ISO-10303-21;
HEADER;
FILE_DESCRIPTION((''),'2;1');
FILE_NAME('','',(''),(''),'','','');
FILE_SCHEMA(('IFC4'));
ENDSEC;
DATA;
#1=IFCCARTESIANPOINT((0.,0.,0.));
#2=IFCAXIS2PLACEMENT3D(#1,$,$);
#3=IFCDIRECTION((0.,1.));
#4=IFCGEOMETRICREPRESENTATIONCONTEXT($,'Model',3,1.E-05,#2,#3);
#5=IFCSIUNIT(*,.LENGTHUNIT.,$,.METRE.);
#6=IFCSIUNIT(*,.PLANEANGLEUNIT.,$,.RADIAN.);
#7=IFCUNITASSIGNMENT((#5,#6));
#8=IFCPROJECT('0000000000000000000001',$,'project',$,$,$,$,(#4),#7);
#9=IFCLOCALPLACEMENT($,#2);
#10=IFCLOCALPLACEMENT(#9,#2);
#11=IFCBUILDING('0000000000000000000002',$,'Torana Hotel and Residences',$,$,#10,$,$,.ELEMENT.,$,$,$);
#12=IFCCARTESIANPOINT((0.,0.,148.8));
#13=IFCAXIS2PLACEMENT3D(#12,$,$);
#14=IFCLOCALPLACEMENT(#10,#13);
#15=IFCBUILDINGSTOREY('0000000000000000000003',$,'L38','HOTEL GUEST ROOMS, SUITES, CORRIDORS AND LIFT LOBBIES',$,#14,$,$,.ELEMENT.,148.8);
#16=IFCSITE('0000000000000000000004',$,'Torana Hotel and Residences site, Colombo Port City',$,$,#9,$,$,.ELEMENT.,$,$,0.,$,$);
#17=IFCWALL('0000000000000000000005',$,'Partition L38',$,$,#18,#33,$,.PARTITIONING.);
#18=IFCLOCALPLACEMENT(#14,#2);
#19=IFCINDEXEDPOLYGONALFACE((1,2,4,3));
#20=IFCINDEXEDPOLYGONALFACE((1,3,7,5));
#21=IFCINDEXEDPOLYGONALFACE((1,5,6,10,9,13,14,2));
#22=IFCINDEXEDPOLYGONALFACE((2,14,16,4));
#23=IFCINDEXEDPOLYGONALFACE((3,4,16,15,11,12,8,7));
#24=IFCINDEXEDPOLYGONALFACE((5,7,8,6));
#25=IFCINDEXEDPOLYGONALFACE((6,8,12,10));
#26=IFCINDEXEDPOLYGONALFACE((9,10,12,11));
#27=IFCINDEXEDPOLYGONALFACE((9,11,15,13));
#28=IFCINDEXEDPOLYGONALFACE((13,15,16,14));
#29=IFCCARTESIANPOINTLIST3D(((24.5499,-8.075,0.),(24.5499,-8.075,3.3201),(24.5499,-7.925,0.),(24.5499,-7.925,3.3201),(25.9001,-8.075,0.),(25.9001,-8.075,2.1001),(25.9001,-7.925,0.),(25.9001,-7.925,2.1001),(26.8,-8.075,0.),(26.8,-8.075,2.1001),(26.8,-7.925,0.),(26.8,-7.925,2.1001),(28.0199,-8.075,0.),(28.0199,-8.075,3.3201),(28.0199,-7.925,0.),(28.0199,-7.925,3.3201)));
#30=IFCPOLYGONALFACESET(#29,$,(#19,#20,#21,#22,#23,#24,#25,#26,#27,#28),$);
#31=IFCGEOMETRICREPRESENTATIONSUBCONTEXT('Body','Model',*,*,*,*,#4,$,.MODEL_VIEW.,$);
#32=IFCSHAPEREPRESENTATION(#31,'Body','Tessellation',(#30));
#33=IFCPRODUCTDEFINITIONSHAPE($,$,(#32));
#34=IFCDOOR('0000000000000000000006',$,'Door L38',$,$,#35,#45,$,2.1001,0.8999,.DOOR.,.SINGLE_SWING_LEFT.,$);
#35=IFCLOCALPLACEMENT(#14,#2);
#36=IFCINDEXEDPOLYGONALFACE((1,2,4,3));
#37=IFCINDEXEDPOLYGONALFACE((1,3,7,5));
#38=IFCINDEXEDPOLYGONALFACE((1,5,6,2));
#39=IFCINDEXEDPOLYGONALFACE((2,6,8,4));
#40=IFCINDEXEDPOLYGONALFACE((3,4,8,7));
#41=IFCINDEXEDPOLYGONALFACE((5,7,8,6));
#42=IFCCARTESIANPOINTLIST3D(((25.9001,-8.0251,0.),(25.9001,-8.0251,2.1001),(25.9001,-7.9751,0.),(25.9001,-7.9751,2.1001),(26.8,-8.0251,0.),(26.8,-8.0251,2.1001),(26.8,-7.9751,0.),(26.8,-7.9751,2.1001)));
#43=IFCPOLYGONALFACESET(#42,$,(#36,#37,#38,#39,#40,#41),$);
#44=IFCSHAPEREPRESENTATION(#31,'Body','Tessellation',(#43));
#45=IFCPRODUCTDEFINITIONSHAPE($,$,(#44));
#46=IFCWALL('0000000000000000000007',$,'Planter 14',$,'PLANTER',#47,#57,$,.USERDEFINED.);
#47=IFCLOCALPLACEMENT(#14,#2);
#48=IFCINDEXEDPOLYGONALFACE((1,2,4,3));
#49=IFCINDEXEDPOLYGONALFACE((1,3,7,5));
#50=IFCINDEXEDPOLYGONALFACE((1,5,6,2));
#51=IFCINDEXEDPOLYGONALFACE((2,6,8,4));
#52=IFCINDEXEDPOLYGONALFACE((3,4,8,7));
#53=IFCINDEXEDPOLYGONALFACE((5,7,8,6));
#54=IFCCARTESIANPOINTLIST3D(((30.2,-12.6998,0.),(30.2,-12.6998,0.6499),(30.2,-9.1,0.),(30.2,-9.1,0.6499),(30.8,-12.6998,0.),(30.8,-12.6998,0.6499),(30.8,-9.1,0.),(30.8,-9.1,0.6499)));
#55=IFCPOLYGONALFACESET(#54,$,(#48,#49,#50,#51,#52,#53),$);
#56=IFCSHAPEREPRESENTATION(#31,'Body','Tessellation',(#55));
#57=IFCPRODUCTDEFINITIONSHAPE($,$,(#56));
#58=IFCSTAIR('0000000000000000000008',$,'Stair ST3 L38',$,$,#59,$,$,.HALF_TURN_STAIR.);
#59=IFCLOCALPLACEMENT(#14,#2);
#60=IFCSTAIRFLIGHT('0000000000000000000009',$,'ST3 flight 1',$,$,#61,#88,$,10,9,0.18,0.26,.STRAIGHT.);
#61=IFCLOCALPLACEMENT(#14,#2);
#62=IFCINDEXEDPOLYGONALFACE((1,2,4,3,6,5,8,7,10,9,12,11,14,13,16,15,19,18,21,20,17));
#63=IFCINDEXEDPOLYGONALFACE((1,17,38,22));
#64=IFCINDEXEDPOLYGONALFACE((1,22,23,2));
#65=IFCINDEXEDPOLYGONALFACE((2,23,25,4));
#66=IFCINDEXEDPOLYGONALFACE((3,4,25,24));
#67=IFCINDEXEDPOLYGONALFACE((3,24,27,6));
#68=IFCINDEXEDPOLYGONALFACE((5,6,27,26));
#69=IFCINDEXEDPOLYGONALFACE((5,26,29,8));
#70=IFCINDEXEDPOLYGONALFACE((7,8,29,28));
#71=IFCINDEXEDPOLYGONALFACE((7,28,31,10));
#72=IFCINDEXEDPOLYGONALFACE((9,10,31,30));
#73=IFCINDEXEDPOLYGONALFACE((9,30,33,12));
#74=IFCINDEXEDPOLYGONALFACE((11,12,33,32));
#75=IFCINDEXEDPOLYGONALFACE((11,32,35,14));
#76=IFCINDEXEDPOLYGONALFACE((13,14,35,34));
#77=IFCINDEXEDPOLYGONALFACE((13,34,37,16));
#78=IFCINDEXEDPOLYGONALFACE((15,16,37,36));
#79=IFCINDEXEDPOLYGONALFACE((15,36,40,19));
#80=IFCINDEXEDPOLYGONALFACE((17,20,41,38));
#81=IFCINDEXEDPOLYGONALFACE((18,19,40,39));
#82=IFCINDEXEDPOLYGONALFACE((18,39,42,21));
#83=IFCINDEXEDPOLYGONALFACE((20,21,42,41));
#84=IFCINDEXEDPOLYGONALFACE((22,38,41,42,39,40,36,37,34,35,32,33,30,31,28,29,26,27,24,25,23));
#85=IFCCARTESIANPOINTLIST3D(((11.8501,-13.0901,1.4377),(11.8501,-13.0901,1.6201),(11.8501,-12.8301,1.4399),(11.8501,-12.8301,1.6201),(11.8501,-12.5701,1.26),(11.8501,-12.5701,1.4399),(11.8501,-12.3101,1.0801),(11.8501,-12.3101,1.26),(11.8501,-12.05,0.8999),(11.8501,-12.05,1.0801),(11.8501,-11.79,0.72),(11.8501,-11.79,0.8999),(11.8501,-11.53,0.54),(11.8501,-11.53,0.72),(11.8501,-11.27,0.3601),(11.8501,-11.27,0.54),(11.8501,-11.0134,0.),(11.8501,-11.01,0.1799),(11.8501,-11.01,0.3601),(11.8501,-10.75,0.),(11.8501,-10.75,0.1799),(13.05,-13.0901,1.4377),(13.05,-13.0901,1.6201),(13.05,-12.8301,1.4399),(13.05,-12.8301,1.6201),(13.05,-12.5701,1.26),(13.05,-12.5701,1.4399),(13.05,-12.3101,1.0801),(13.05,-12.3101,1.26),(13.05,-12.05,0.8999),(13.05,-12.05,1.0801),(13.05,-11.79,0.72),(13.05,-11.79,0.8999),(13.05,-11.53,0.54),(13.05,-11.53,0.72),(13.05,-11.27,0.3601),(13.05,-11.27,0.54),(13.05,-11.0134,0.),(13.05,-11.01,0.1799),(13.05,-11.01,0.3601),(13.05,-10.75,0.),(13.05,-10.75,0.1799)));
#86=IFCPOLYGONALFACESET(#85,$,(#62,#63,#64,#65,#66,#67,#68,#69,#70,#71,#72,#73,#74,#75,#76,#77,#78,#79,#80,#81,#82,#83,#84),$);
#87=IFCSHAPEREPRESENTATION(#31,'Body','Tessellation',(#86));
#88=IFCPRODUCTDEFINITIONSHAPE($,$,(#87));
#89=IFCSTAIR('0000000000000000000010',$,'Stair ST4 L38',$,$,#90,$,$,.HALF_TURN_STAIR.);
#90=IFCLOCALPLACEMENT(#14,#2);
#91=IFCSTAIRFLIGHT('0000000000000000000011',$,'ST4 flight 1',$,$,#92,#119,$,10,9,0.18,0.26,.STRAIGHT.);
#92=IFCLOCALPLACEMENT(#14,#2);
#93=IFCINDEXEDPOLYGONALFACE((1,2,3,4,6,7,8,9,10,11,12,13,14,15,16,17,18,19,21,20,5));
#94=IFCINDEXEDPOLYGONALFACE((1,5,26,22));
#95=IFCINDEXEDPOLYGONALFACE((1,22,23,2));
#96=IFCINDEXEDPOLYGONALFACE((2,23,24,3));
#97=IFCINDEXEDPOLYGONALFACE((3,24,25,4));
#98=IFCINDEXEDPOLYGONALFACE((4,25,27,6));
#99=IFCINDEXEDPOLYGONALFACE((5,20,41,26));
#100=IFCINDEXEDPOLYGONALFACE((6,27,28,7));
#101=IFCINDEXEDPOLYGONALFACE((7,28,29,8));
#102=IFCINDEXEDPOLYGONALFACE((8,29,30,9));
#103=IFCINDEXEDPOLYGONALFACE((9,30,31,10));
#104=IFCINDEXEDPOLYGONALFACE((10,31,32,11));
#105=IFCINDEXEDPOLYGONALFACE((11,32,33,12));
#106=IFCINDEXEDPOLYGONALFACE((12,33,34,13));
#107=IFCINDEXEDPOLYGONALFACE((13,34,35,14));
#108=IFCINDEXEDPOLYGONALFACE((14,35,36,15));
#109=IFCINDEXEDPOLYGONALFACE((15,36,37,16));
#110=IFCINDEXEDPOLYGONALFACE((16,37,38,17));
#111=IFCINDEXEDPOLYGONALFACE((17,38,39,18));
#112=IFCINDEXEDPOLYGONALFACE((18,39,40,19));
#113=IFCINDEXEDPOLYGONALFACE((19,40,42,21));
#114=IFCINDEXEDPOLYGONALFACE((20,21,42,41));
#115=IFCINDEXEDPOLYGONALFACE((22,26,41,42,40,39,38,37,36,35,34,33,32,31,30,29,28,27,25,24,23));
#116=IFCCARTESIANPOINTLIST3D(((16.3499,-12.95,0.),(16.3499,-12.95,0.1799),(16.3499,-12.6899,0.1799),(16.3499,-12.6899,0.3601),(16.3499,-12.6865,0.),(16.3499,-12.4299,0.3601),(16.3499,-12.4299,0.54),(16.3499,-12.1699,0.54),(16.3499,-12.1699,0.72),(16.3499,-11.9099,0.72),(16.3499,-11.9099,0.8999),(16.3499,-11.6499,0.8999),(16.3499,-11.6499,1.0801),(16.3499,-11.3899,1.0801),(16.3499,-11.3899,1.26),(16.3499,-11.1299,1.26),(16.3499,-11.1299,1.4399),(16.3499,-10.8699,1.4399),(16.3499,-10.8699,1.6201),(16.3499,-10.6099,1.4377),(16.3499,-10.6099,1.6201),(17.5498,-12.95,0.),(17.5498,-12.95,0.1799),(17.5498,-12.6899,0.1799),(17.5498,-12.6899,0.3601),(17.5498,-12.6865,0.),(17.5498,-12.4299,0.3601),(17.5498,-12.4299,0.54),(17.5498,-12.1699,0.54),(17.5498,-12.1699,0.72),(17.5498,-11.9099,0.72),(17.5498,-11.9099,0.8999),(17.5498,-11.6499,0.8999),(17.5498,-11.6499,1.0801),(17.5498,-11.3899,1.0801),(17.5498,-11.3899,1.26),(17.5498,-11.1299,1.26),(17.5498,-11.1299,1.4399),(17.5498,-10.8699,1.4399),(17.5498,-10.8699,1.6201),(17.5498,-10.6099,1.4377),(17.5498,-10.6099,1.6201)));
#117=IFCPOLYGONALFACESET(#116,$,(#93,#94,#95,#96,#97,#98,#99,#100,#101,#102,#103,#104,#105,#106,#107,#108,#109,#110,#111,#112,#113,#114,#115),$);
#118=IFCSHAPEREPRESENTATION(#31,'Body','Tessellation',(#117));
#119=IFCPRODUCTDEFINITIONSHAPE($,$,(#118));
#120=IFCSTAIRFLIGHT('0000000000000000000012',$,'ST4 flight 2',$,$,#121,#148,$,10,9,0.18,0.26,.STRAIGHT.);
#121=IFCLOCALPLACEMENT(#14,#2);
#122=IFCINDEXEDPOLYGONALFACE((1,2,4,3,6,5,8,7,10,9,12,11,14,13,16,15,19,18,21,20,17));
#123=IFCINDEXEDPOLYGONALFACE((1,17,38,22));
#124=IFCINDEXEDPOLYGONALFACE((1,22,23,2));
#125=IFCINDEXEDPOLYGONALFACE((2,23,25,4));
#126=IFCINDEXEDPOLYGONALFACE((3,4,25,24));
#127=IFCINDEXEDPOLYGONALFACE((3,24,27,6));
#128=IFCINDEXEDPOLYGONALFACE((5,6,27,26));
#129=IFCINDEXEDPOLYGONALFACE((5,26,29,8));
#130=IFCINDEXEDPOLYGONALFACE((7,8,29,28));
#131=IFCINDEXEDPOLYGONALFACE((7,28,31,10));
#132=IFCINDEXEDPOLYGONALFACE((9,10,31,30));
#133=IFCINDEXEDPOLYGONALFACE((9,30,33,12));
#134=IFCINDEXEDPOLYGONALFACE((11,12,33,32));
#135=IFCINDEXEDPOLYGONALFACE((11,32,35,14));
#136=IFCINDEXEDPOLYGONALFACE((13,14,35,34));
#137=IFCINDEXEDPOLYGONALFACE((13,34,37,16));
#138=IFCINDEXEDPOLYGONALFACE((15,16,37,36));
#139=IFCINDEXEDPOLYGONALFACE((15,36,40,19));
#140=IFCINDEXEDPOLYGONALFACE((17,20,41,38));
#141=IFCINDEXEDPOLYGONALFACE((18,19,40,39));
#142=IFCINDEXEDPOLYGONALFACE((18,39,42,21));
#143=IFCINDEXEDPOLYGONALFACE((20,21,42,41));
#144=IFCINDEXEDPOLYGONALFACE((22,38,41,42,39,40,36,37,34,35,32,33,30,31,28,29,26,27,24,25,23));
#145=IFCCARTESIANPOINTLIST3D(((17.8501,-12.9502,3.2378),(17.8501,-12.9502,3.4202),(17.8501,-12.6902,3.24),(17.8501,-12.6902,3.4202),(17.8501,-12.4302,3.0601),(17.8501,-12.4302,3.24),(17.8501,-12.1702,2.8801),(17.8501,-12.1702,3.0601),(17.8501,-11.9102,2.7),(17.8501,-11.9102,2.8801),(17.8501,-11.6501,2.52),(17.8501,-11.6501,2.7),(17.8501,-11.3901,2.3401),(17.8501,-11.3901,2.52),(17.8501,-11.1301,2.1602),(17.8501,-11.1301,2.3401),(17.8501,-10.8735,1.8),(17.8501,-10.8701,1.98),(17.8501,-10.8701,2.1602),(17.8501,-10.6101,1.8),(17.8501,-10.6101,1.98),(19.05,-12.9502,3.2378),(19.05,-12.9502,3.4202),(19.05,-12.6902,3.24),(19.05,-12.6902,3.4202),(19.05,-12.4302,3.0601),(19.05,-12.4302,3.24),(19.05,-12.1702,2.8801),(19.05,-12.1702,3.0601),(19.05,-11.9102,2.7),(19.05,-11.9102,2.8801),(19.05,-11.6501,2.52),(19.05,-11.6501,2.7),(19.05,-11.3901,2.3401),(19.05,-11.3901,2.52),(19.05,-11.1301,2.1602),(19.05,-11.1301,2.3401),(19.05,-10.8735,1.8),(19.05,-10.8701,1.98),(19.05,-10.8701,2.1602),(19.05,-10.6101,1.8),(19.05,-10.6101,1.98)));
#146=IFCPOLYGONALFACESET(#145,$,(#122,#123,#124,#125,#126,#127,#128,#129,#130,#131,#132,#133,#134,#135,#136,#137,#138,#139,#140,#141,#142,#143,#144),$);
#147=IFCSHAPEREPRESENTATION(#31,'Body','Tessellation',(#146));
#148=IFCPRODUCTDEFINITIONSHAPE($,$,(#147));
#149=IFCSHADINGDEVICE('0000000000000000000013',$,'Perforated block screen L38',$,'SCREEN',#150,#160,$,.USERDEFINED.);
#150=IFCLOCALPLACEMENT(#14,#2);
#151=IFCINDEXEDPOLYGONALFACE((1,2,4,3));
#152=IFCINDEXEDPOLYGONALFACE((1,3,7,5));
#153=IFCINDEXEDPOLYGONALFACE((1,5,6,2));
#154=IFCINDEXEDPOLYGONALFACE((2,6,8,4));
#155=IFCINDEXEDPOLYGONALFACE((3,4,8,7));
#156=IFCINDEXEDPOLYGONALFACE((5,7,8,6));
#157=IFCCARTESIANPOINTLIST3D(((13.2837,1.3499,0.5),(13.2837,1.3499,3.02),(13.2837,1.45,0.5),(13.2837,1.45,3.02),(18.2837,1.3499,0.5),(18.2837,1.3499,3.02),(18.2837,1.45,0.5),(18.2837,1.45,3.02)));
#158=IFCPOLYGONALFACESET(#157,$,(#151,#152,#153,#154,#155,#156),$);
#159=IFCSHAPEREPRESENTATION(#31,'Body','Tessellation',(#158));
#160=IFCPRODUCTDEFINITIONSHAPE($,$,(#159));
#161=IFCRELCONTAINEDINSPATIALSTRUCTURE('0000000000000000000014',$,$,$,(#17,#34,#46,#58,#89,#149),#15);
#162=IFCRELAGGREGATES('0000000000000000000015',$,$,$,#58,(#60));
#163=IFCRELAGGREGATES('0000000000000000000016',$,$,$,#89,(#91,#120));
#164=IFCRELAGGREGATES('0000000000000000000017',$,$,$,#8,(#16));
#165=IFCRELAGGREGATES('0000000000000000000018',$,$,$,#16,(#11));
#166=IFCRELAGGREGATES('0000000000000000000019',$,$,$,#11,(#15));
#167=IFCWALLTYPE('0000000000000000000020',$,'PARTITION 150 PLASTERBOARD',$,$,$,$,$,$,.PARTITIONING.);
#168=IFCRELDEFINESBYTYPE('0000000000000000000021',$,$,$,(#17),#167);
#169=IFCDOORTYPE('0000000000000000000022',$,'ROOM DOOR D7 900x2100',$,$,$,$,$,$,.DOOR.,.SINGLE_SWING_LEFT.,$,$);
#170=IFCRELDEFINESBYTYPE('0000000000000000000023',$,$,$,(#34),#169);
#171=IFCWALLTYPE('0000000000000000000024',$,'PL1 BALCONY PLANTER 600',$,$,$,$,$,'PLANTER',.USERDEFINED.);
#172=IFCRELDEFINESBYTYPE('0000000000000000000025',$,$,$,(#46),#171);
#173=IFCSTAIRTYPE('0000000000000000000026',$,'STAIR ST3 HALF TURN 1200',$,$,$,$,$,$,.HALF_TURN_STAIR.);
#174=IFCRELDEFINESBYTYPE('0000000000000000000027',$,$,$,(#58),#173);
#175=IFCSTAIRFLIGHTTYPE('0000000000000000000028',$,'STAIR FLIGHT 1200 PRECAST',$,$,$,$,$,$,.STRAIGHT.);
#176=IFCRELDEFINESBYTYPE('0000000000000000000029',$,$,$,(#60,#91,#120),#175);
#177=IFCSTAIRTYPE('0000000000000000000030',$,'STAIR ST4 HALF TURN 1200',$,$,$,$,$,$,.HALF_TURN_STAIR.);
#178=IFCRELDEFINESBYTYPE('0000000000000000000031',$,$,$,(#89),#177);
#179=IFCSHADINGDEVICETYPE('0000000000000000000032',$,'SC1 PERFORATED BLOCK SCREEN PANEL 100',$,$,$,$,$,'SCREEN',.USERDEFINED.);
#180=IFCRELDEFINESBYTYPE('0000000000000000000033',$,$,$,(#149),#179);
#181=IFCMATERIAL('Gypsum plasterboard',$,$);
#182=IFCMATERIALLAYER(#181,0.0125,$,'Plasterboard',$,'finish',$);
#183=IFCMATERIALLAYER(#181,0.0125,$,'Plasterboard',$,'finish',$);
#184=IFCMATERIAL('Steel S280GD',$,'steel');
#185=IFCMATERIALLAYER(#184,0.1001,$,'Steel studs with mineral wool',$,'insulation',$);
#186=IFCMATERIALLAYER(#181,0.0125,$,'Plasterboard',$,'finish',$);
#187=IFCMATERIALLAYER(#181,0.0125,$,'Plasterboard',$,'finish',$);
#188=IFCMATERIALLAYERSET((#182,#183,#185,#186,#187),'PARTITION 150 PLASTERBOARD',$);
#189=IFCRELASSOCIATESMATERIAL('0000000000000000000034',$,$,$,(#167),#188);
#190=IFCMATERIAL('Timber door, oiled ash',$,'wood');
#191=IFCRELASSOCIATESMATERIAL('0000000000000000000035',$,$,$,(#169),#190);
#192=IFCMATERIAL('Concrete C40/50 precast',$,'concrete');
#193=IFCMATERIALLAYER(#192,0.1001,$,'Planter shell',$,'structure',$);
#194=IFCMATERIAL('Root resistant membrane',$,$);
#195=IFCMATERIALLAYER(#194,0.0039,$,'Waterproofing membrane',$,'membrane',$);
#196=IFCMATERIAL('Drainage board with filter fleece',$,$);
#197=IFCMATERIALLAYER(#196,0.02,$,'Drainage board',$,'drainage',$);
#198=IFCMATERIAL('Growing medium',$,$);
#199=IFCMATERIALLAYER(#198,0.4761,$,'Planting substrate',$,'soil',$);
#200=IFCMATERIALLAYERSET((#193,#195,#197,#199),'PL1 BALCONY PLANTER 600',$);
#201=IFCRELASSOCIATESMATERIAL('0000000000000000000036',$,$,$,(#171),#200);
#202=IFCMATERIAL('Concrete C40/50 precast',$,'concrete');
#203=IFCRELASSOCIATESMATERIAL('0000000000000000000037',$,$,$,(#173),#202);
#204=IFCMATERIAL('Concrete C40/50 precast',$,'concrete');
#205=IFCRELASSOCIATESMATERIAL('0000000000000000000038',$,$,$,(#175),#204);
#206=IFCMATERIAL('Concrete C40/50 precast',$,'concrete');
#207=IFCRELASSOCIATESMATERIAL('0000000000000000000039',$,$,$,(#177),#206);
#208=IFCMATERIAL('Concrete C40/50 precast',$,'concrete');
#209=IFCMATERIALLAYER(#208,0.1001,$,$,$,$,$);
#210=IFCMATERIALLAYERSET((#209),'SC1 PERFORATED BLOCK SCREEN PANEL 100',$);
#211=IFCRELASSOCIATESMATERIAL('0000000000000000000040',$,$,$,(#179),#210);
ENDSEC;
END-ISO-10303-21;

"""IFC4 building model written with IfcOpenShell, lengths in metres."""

from ifc_helpers import new_model, si_unit, direction, frame, frame_2d, origin, origin_2d, place, context, subcontext, project, spatial, polyline, rectangle, outline, extrude, material, layer, layer_set, type_object, element, fill, aggregate, save


model = new_model("IFC4")

# Units and contexts
model_context = context("Model", 3, precision=1e-05, world=origin(), true_north=direction((0.0, 1.0)))
body_context = subcontext(model_context, "Body", "Model", "MODEL_VIEW")
ifc_project = project(units=[si_unit("LENGTHUNIT", "METRE"), si_unit("PLANEANGLEUNIT", "RADIAN")], contexts=[model_context])

# Site, building, storey
site_placement = place(None, origin())
site = spatial("IfcSite", under=ifc_project, at=site_placement, Name="Torana Hotel and Residences site, Colombo Port City", CompositionType="ELEMENT", RefElevation=0.0)
building_placement = place(site_placement, origin())
building = spatial("IfcBuilding", under=site, at=building_placement, Name="Torana Hotel and Residences", CompositionType="ELEMENT")
storey_placement = place(building_placement, frame((0.0, 0.0, 148.8)))
storey = spatial("IfcBuildingStorey", under=building, at=storey_placement, Name="L38", Description="HOTEL GUEST ROOMS, SUITES, CORRIDORS AND LIFT LOBBIES", CompositionType="ELEMENT", Elevation=148.8)

# Shared definitions
ifc_material_1 = material(Name="Steel S280GD", Category="steel")
ifc_material_2 = material(Name="Concrete C40/50 precast", Category="concrete")
ifc_material_3 = material(Name="Gypsum plasterboard")
ifc_layer_1 = layer(ifc_material_3, 0.0125, Name="Plasterboard", Category="finish")
ifc_layer_2 = layer(ifc_material_3, 0.0125, Name="Plasterboard", Category="finish")
ifc_layer_3 = layer(ifc_material_1, 0.1001, Name="Steel studs with mineral wool", Category="insulation")
ifc_layer_4 = layer(ifc_material_3, 0.0125, Name="Plasterboard", Category="finish")
ifc_layer_5 = layer(ifc_material_3, 0.0125, Name="Plasterboard", Category="finish")
ifc_layer_set_1 = layer_set([ifc_layer_1, ifc_layer_2, ifc_layer_3, ifc_layer_4, ifc_layer_5], Name="PARTITION 150 PLASTERBOARD")
wall_type_1 = type_object("IfcWallType", Name="PARTITION 150 PLASTERBOARD", PredefinedType="PARTITIONING", material=ifc_layer_set_1)

# Wall, opening, door
wall_1_placement = place(storey_placement, frame((24.55, -8.0, 0.0), z_axis=(0.0, 0.0, 1.0), x_axis=(1.0, 0.0, 0.0)))
wall_1 = element("IfcWall", 1, at=wall_1_placement, inside=storey, type_object=wall_type_1, Name="Partition L38", PredefinedType="PARTITIONING", context=body_context, shape_type="SweptSolid", body=[
    extrude(rectangle(XDim=3.47, YDim=0.1499, at=frame_2d((1.7349, 0.0))), origin(), (0.0, 0.0, 1.0), 3.3201),
])
opening_placement = place(wall_1_placement, frame((1.3501, 0.0, 0.0)))
opening = element("IfcOpeningElement", 2, at=opening_placement, cuts=wall_1, PredefinedType="OPENING", context=body_context, shape_type="SweptSolid", body=[
    extrude(rectangle(XDim=0.8999, YDim=2.1001, at=frame_2d((0.45, 1.05))), frame((0.0, 0.085, 0.0), z_axis=(0.0, -1.0, 0.0), x_axis=(1.0, 0.0, 0.0)), (0.0, 0.0, 1.0), 0.1699),
])
ifc_material_4 = material(Name="Timber door, oiled ash", Category="wood")
door_type = type_object("IfcDoorType", Name="ROOM DOOR D7 900x2100", OperationType="SINGLE_SWING_LEFT", PredefinedType="DOOR", material=ifc_material_4)
door_placement = place(opening_placement, origin())
door = element("IfcDoor", 3, at=door_placement, inside=storey, type_object=door_type, Name="Door L38", OperationType="SINGLE_SWING_LEFT", OverallHeight=2.1001, OverallWidth=0.8999, PredefinedType="DOOR", context=body_context, shape_type="SweptSolid", body=[
    extrude(rectangle(XDim=0.8999, YDim=2.1001, at=frame_2d((0.45, 1.05))), frame((0.0, 0.0249, 0.0), z_axis=(0.0, -1.0, 0.0), x_axis=(1.0, 0.0, 0.0)), (0.0, 0.0, 1.0), 0.05),
])
fill(opening, door)

# Wall
ifc_layer_6 = layer(ifc_material_2, 0.1001, Name="Planter shell", Category="structure")
ifc_material_5 = material(Name="Root resistant membrane")
ifc_layer_7 = layer(ifc_material_5, 0.0039, Name="Waterproofing membrane", Category="membrane")
ifc_material_6 = material(Name="Drainage board with filter fleece")
ifc_layer_8 = layer(ifc_material_6, 0.02, Name="Drainage board", Category="drainage")
ifc_material_7 = material(Name="Growing medium")
ifc_layer_9 = layer(ifc_material_7, 0.4761, Name="Planting substrate", Category="soil")
ifc_layer_set_2 = layer_set([ifc_layer_6, ifc_layer_7, ifc_layer_8, ifc_layer_9], Name="PL1 BALCONY PLANTER 600")
wall_type_2 = type_object("IfcWallType", Name="PL1 BALCONY PLANTER 600", ElementType="PLANTER", PredefinedType="USERDEFINED", material=ifc_layer_set_2)
wall_2_placement = place(storey_placement, frame((30.5, -9.1001, 0.0), z_axis=(0.0, 0.0, 1.0), x_axis=(0.0, -1.0, 0.0)))
element("IfcWall", 4, at=wall_2_placement, inside=storey, type_object=wall_type_2, Name="Planter 14", ObjectType="PLANTER", PredefinedType="USERDEFINED", context=body_context, shape_type="SweptSolid", body=[
    extrude(rectangle(XDim=3.5999, YDim=0.6001, at=frame_2d((1.7998, 0.0))), origin(), (0.0, 0.0, 1.0), 0.6499),
])

# Stair, stair flight
ifc_material_8 = material(Name="Concrete C40/50 precast", Category="concrete")
stair_type_1 = type_object("IfcStairType", Name="STAIR ST3 HALF TURN 1200", PredefinedType="HALF_TURN_STAIR", material=ifc_material_8)
stair_1_placement = place(storey_placement, origin())
stair_1 = element("IfcStair", 5, at=stair_1_placement, inside=storey, type_object=stair_type_1, Name="Stair ST3 L38", PredefinedType="HALF_TURN_STAIR")
ifc_material_9 = material(Name="Concrete C40/50 precast", Category="concrete")
stair_flight_type = type_object("IfcStairFlightType", Name="STAIR FLIGHT 1200 PRECAST", PredefinedType="STRAIGHT", material=ifc_material_9)
stair_flight_1_placement = place(storey_placement, frame((12.45, -10.75, 0.0), z_axis=(0.0, 0.0, 1.0), x_axis=(0.0, -1.0, 0.0)))
stair_flight_1 = element("IfcStairFlight", 6, at=stair_flight_1_placement, type_object=stair_flight_type, Name="ST3 flight 1", NumberOfRisers=10, NumberOfTreads=9, PredefinedType="STRAIGHT", RiserHeight=0.18, TreadLength=0.26, context=body_context, shape_type="SweptSolid", body=[
    extrude(outline(polyline([(0.0, 0.0), (0.0, 0.1799), (0.26, 0.1799), (0.26, 0.3601), (0.52, 0.3601), (0.52, 0.54), (0.78, 0.54), (0.78, 0.72), (1.04, 0.72), (1.04, 0.8999), (1.3, 0.8999), (1.3, 1.0801), (1.5601, 1.0801), (1.5601, 1.26), (1.8201, 1.26), (1.8201, 1.4399), (2.0801, 1.4399), (2.0801, 1.6201), (2.3401, 1.6201), (2.3401, 1.8), (2.3401, 1.4377), (0.2634, 0.0), (0.0, 0.0)])), frame((0.0, 0.6001, 0.0), z_axis=(0.0, -1.0, 0.0), x_axis=(1.0, 0.0, 0.0)), (0.0, 0.0, 1.0), 1.2),
])
aggregate(stair_1, [stair_flight_1])

# Stair, stair flights
ifc_material_10 = material(Name="Concrete C40/50 precast", Category="concrete")
stair_type_2 = type_object("IfcStairType", Name="STAIR ST4 HALF TURN 1200", PredefinedType="HALF_TURN_STAIR", material=ifc_material_10)
stair_2_placement = place(storey_placement, origin())
stair_2 = element("IfcStair", 7, at=stair_2_placement, inside=storey, type_object=stair_type_2, Name="Stair ST4 L38", PredefinedType="HALF_TURN_STAIR")
stair_flight_2_placement = place(storey_placement, frame((16.95, -12.95, 0.0), z_axis=(0.0, 0.0, 1.0), x_axis=(0.0, 1.0, 0.0)))
stair_flight_2 = element("IfcStairFlight", 8, at=stair_flight_2_placement, type_object=stair_flight_type, Name="ST4 flight 1", NumberOfRisers=10, NumberOfTreads=9, PredefinedType="STRAIGHT", RiserHeight=0.18, TreadLength=0.26, context=body_context, shape_type="SweptSolid", body=[
    extrude(outline(polyline([(0.0, 0.0), (0.0, 0.1799), (0.26, 0.1799), (0.26, 0.3601), (0.52, 0.3601), (0.52, 0.54), (0.78, 0.54), (0.78, 0.72), (1.04, 0.72), (1.04, 0.8999), (1.3, 0.8999), (1.3, 1.0801), (1.5601, 1.0801), (1.5601, 1.26), (1.8201, 1.26), (1.8201, 1.4399), (2.0801, 1.4399), (2.0801, 1.6201), (2.3401, 1.6201), (2.3401, 1.8), (2.3401, 1.4377), (0.2634, 0.0), (0.0, 0.0)])), frame((0.0, 0.6001, 0.0), z_axis=(0.0, -1.0, 0.0), x_axis=(1.0, 0.0, 0.0)), (0.0, 0.0, 1.0), 1.2),
])
stair_flight_3_placement = place(storey_placement, frame((18.45, -10.6101, 1.8), z_axis=(0.0, 0.0, 1.0), x_axis=(0.0, -1.0, 0.0)))
stair_flight_3 = element("IfcStairFlight", 9, at=stair_flight_3_placement, type_object=stair_flight_type, Name="ST4 flight 2", NumberOfRisers=10, NumberOfTreads=9, PredefinedType="STRAIGHT", RiserHeight=0.18, TreadLength=0.26, context=body_context, shape_type="SweptSolid", body=[
    extrude(outline(polyline([(0.0, 0.0), (0.0, 0.1799), (0.26, 0.1799), (0.26, 0.3601), (0.52, 0.3601), (0.52, 0.54), (0.78, 0.54), (0.78, 0.72), (1.04, 0.72), (1.04, 0.8999), (1.3, 0.8999), (1.3, 1.0801), (1.5601, 1.0801), (1.5601, 1.26), (1.8201, 1.26), (1.8201, 1.4399), (2.0801, 1.4399), (2.0801, 1.6201), (2.3401, 1.6201), (2.3401, 1.8), (2.3401, 1.4377), (0.2634, 0.0), (0.0, 0.0)])), frame((0.0, 0.6001, 0.0), z_axis=(0.0, -1.0, 0.0), x_axis=(1.0, 0.0, 0.0)), (0.0, 0.0, 1.0), 1.2),
])
aggregate(stair_2, [stair_flight_2, stair_flight_3])

# Shading device
ifc_material_11 = material(Name="Concrete C40/50 precast", Category="concrete")
ifc_layer_10 = layer(ifc_material_11, 0.1001)
ifc_layer_set_3 = layer_set([ifc_layer_10], Name="SC1 PERFORATED BLOCK SCREEN PANEL 100")
shading_device_type = type_object("IfcShadingDeviceType", Name="SC1 PERFORATED BLOCK SCREEN PANEL 100", ElementType="SCREEN", PredefinedType="USERDEFINED", material=ifc_layer_set_3)
shading_device_placement = place(storey_placement, frame((15.7837, 1.3999, 0.5), z_axis=(0.0, 0.0, 1.0), x_axis=(-1.0, 0.0, 0.0)))
element("IfcShadingDevice", 10, at=shading_device_placement, inside=storey, type_object=shading_device_type, Name="Perforated block screen L38", ObjectType="SCREEN", PredefinedType="USERDEFINED", context=body_context, shape_type="SweptSolid", body=[
    extrude(rectangle(XDim=5.0, YDim=0.1001, at=origin_2d()), origin(), (0.0, 0.0, 1.0), 2.52),
])

save(model, "model.ifc")
